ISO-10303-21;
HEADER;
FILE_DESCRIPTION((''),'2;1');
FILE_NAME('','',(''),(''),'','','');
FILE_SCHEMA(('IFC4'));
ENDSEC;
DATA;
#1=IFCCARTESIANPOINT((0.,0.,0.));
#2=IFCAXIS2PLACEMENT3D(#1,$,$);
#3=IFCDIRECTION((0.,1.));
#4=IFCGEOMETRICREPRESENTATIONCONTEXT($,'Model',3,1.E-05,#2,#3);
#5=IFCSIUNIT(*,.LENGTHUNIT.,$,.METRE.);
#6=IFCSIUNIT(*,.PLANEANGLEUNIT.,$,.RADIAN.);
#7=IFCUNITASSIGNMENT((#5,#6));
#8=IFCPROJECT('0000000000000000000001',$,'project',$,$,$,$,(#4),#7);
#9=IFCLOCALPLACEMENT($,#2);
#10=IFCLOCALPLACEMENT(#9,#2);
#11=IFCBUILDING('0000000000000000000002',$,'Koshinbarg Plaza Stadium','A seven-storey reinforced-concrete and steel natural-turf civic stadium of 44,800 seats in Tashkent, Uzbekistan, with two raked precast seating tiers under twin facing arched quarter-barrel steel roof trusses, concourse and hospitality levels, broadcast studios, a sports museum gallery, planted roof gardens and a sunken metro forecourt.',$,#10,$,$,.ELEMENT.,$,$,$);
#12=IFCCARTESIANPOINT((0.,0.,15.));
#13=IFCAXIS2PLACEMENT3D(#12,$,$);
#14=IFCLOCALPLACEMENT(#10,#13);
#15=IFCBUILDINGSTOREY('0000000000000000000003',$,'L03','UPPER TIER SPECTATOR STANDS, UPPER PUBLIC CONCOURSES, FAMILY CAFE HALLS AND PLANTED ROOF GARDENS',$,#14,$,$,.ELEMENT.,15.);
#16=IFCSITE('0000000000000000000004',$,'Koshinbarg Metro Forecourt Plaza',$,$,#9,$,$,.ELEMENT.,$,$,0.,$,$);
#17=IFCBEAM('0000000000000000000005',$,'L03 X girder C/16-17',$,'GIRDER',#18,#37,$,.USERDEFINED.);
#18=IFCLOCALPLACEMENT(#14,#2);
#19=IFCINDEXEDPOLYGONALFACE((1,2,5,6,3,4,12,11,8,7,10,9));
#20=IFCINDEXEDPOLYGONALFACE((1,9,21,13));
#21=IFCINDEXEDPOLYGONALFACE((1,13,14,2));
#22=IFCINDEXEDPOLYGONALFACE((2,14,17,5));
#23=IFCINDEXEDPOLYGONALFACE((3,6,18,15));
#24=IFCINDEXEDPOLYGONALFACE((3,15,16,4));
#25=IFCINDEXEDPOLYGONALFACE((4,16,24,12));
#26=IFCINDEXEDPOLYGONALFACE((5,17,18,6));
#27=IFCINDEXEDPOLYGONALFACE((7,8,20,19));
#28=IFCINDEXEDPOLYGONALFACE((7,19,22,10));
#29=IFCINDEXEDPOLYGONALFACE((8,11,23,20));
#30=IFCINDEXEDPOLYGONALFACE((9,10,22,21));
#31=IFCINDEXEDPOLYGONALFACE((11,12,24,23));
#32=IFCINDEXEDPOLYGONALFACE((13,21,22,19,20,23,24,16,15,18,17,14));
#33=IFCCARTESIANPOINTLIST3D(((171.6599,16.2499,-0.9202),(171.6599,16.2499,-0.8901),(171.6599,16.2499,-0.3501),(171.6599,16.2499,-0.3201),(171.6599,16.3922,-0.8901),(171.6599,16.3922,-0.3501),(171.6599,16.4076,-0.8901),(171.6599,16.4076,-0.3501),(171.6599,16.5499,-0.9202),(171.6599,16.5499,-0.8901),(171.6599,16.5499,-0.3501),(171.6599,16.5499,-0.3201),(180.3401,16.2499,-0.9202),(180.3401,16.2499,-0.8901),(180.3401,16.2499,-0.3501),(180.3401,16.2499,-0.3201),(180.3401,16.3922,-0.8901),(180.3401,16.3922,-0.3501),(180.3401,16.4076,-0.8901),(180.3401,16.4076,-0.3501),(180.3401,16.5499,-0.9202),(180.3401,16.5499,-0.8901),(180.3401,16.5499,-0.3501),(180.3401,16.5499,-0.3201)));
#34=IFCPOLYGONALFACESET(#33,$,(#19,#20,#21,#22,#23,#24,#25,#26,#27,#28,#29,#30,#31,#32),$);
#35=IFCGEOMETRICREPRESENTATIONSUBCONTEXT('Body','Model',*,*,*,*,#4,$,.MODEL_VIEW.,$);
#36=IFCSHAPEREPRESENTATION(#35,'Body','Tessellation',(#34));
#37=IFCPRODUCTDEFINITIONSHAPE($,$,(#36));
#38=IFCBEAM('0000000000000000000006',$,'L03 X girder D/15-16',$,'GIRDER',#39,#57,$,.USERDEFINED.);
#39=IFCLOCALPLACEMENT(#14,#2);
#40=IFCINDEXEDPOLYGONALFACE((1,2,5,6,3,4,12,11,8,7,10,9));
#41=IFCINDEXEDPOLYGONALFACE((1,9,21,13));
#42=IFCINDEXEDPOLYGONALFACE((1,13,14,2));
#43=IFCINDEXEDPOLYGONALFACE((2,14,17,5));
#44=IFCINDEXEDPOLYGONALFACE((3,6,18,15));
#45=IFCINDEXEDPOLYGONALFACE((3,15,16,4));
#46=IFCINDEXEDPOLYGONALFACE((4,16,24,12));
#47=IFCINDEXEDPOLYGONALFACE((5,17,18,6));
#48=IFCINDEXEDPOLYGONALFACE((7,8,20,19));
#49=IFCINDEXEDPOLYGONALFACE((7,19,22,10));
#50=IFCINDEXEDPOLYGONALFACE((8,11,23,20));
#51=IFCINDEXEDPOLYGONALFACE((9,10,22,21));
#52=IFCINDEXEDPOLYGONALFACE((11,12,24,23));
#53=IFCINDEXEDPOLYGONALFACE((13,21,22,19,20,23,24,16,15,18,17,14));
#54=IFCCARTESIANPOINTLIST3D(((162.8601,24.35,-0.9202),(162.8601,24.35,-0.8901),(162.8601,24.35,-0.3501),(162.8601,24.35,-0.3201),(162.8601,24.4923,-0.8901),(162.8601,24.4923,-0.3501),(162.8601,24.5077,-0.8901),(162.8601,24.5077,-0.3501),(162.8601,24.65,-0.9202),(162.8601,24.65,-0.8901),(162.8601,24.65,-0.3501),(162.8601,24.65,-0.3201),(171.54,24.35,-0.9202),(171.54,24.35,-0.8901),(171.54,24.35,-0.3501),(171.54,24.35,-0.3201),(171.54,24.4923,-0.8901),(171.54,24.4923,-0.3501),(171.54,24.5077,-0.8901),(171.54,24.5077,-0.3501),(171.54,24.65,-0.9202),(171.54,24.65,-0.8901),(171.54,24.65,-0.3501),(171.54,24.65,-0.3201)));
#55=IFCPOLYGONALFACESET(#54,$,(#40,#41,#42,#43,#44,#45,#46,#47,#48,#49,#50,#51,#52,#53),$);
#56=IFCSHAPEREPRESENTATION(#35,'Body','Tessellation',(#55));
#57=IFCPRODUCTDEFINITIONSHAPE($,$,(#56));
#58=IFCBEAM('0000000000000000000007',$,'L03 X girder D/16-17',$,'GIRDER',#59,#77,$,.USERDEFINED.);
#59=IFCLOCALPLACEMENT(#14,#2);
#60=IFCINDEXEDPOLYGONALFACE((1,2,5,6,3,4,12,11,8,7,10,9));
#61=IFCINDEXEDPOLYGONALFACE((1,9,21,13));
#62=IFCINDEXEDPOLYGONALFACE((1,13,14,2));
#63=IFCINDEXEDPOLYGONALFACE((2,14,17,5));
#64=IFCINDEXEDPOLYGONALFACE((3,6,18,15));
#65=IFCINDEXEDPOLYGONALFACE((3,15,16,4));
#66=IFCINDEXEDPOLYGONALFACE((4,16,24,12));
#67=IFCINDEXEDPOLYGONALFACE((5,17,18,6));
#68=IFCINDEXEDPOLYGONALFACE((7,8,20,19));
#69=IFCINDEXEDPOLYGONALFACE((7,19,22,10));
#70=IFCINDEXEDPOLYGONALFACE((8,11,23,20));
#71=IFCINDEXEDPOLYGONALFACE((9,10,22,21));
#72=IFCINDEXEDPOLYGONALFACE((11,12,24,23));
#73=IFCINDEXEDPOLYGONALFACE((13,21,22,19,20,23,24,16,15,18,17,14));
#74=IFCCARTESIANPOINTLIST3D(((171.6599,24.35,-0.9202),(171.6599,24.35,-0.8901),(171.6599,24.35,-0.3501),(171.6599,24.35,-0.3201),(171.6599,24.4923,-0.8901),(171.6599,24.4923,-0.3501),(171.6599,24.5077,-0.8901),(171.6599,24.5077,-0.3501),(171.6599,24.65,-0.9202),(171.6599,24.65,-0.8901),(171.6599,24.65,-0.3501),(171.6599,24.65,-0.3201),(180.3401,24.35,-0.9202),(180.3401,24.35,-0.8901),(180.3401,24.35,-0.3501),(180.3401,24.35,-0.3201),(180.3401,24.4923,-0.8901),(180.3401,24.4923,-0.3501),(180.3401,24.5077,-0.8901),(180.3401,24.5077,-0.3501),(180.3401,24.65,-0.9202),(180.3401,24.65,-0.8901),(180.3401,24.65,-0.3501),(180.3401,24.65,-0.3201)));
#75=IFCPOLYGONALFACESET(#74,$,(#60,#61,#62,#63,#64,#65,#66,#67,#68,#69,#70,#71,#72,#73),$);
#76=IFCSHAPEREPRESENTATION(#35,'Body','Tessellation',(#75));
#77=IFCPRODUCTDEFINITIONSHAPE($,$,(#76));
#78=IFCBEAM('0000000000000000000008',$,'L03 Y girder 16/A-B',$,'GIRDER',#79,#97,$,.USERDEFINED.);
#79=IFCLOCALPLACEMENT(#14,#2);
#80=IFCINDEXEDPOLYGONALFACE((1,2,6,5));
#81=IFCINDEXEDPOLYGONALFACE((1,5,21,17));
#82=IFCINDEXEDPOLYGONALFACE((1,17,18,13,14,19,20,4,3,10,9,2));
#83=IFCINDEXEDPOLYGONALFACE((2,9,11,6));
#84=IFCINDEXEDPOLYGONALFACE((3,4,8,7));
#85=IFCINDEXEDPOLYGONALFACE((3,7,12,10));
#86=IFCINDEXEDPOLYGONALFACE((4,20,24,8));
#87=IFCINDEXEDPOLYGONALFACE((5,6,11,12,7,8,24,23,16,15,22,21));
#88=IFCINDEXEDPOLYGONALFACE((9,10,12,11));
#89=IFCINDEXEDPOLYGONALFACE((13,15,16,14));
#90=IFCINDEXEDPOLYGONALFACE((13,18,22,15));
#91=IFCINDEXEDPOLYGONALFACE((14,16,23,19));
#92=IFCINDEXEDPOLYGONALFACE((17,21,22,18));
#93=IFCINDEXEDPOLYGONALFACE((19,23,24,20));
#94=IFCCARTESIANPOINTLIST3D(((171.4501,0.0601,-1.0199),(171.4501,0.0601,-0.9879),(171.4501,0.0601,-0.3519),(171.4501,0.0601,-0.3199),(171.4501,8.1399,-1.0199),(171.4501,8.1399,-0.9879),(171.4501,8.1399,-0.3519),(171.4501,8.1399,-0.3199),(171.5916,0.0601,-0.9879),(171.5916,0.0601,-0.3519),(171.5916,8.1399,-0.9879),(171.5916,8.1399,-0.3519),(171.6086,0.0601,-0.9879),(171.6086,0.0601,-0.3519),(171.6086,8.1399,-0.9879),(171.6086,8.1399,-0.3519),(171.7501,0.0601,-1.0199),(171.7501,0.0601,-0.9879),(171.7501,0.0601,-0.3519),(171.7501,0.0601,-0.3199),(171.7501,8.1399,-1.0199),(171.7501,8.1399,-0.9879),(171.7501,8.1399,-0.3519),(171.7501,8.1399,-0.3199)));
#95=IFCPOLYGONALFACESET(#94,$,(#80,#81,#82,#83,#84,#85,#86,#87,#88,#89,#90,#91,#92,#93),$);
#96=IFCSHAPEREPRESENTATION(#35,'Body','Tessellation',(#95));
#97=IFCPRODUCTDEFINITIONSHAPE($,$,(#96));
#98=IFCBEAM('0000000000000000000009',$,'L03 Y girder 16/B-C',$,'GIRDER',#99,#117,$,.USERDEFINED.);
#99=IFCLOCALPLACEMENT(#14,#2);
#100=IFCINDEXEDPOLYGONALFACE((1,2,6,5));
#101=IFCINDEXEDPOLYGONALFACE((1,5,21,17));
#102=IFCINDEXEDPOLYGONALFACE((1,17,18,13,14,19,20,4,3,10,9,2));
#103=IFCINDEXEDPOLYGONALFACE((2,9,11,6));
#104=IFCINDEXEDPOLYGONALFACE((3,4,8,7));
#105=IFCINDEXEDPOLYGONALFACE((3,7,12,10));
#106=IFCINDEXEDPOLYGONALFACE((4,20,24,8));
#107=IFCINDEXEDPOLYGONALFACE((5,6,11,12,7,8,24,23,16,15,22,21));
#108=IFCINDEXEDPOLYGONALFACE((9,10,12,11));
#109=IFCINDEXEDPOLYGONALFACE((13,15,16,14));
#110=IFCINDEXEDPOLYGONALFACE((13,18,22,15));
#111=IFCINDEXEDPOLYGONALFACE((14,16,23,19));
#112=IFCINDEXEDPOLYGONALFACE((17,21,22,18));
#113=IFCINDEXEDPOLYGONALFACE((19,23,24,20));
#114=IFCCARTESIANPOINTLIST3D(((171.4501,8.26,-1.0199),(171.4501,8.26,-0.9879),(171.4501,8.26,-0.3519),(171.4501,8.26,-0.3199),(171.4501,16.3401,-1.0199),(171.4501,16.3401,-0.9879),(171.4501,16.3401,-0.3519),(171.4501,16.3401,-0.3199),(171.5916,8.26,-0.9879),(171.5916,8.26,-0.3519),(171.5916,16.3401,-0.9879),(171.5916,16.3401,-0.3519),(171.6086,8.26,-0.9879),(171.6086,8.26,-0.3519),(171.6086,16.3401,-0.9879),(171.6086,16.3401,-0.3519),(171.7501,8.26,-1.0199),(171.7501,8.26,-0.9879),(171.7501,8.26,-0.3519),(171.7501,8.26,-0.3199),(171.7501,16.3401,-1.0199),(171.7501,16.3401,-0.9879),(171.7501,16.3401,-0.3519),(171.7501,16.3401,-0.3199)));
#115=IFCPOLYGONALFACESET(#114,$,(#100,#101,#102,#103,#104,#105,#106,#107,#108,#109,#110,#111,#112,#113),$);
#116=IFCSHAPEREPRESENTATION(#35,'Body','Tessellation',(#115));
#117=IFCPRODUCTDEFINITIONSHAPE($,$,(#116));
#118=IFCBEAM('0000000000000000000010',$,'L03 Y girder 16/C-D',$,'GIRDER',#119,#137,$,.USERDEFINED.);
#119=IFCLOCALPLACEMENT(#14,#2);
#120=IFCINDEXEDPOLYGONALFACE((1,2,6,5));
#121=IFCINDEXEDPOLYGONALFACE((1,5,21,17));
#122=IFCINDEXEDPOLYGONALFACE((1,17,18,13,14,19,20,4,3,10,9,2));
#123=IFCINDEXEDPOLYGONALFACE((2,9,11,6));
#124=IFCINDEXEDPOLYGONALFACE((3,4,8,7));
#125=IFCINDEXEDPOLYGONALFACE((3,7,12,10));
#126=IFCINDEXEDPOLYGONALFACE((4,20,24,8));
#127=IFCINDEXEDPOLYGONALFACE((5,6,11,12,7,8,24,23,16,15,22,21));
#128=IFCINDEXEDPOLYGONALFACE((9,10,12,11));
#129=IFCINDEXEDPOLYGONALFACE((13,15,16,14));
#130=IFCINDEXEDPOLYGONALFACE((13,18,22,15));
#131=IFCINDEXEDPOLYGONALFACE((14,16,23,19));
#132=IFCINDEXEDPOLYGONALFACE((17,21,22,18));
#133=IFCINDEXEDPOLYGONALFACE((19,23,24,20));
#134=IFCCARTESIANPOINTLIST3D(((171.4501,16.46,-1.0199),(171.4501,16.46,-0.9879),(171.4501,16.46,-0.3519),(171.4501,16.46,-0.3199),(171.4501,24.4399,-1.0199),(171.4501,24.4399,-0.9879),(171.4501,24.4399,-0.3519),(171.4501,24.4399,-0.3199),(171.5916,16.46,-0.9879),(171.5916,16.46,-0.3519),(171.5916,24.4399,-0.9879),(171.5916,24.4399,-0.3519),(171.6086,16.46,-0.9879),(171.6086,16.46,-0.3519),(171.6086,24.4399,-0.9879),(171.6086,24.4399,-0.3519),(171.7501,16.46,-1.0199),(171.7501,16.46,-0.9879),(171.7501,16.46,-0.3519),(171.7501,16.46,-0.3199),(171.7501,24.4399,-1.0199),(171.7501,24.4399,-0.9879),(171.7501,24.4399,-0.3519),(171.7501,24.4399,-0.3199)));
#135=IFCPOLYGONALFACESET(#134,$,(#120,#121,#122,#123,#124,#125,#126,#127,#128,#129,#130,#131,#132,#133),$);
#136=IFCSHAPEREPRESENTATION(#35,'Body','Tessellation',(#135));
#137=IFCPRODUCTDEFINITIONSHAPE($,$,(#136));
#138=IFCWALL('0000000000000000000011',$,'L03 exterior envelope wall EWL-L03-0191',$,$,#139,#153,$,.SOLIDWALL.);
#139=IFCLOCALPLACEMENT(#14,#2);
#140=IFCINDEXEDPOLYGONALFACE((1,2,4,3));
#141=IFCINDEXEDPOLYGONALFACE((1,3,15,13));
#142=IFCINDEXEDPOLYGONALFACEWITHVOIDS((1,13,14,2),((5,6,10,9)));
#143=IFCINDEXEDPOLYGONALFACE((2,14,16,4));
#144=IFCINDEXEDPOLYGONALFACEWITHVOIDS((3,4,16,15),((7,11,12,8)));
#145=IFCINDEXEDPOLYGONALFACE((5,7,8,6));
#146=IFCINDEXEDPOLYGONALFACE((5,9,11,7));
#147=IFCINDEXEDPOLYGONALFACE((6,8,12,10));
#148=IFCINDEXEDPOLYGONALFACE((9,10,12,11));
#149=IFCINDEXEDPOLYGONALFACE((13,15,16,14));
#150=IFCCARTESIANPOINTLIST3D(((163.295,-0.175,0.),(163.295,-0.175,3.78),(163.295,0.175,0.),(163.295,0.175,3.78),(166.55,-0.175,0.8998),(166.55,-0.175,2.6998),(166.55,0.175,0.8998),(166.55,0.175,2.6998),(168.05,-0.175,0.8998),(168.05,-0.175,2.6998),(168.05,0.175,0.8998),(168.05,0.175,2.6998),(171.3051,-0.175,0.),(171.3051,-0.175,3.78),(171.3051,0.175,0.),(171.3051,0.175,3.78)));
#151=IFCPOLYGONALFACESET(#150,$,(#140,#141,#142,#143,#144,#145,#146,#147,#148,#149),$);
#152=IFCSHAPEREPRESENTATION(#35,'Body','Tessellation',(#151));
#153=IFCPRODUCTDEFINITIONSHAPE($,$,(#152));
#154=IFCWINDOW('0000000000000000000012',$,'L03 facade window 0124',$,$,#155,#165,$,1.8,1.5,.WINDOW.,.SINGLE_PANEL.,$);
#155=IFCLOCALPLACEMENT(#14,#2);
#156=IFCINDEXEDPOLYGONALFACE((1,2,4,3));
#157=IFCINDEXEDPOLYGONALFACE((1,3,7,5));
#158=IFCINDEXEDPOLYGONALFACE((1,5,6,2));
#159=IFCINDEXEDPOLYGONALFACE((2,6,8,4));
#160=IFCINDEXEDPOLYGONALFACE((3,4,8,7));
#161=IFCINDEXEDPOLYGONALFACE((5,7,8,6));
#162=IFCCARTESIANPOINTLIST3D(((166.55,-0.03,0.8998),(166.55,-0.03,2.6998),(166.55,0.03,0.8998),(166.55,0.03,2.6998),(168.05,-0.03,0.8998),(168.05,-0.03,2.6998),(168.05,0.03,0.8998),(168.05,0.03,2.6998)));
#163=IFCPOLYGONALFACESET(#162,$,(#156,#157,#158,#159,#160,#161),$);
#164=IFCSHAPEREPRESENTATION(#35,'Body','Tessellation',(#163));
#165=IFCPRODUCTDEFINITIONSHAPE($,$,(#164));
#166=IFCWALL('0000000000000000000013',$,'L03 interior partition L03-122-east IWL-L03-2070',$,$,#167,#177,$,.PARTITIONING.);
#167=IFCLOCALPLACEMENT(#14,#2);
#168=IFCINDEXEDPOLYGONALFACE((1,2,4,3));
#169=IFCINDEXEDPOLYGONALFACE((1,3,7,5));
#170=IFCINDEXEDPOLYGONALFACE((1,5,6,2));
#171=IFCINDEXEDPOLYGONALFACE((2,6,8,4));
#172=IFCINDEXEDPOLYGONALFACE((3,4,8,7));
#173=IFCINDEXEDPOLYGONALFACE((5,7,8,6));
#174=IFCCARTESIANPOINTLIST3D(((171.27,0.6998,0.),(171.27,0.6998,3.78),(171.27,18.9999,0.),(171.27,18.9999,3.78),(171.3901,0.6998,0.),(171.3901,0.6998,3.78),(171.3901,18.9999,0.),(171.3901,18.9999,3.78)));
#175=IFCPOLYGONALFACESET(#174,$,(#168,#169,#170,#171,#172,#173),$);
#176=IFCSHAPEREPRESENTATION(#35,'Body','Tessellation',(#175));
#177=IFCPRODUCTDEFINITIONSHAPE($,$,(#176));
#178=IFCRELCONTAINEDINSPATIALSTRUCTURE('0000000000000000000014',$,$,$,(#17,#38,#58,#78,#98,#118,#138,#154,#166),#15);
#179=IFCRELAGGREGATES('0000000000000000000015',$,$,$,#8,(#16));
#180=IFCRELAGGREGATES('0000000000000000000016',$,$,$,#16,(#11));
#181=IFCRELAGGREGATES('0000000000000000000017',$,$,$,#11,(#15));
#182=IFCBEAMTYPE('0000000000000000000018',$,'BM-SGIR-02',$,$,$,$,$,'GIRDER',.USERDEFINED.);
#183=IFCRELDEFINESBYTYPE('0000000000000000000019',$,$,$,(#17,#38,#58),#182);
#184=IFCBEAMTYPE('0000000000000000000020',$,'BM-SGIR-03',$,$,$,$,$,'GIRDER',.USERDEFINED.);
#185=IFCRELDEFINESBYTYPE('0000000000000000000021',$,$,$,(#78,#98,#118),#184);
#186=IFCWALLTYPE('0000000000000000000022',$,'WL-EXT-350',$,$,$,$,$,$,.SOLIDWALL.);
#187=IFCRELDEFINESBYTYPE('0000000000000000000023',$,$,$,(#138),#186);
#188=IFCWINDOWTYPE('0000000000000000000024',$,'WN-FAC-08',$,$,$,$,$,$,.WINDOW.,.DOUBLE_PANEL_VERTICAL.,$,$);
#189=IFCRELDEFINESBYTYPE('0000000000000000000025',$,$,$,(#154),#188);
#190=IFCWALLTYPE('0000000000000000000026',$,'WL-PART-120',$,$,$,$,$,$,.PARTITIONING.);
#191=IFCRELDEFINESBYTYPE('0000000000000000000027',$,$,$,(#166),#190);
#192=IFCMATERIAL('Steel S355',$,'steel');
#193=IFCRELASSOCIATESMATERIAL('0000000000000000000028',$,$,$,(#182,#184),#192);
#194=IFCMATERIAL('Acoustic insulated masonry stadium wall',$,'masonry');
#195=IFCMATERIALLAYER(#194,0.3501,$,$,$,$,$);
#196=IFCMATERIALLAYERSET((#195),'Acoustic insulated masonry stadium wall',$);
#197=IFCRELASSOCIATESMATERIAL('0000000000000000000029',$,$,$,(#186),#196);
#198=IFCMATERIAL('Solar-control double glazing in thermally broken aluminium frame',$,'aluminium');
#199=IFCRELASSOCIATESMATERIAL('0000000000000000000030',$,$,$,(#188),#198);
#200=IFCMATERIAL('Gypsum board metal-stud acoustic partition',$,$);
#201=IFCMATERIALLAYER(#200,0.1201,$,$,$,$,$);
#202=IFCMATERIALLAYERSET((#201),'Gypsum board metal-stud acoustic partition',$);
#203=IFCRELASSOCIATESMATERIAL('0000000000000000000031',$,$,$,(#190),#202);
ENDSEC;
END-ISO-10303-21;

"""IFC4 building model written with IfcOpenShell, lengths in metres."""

from ifc_helpers import new_model, si_unit, direction, frame, frame_2d, origin, origin_2d, place, context, subcontext, project, spatial, rectangle, i_section, extrude, material, layer, layer_set, material_profile, profile_set, type_object, element, fill, save


model = new_model("IFC4")

# Units and contexts
model_context = context("Model", 3, precision=1e-05, world=origin(), true_north=direction((0.0, 1.0)))
body_context = subcontext(model_context, "Body", "Model", "MODEL_VIEW")
ifc_project = project(units=[si_unit("LENGTHUNIT", "METRE"), si_unit("PLANEANGLEUNIT", "RADIAN")], contexts=[model_context])

# Site, building, storey
site_placement = place(None, origin())
site = spatial("IfcSite", under=ifc_project, at=site_placement, Name="Koshinbarg Metro Forecourt Plaza", CompositionType="ELEMENT", RefElevation=0.0)
building_placement = place(site_placement, origin())
building = spatial("IfcBuilding", under=site, at=building_placement, Name="Koshinbarg Plaza Stadium", Description="A seven-storey reinforced-concrete and steel natural-turf civic stadium of 44,800 seats in Tashkent, Uzbekistan, with two raked precast seating tiers under twin facing arched quarter-barrel steel roof trusses, concourse and hospitality levels, broadcast studios, a sports museum gallery, planted roof gardens and a sunken metro forecourt.", CompositionType="ELEMENT")
storey_placement = place(building_placement, frame((0.0, 0.0, 15.0)))
storey = spatial("IfcBuildingStorey", under=building, at=storey_placement, Name="L03", Description="UPPER TIER SPECTATOR STANDS, UPPER PUBLIC CONCOURSES, FAMILY CAFE HALLS AND PLANTED ROOF GARDENS", CompositionType="ELEMENT", Elevation=15.0)

# Beams
ifc_material_1 = material(Name="Steel S355", Category="steel")
ifc_material_profile_1 = material_profile(ifc_material_1, i_section(OverallWidth=0.3, OverallDepth=0.6001, WebThickness=0.0154, FlangeThickness=0.03, at=origin_2d()), Name="HEB 600")
ifc_profile_set_1 = profile_set([ifc_material_profile_1], Name="Steel S355")
beam_type_1 = type_object("IfcBeamType", Name="BM-SGIR-02", ElementType="GIRDER", PredefinedType="USERDEFINED", material=ifc_profile_set_1)
beam_1_placement = place(storey_placement, frame((171.6599, 16.3999, -0.6201), z_axis=(1.0, 0.0, 0.0), x_axis=(0.0, 1.0, 0.0)))
element("IfcBeam", 1, at=beam_1_placement, inside=storey, type_object=beam_type_1, Name="L03 X girder C/16-17", ObjectType="GIRDER", PredefinedType="USERDEFINED", context=body_context, shape_type="SweptSolid", body=[
    extrude(i_section(OverallWidth=0.3, OverallDepth=0.6001, WebThickness=0.0154, FlangeThickness=0.03, at=origin_2d()), origin(), (0.0, 0.0, 1.0), 8.6802),
])
beam_2_placement = place(storey_placement, frame((162.8601, 24.5, -0.6201), z_axis=(1.0, 0.0, 0.0), x_axis=(0.0, 1.0, 0.0)))
element("IfcBeam", 2, at=beam_2_placement, inside=storey, type_object=beam_type_1, Name="L03 X girder D/15-16", ObjectType="GIRDER", PredefinedType="USERDEFINED", context=body_context, shape_type="SweptSolid", body=[
    extrude(i_section(OverallWidth=0.3, OverallDepth=0.6001, WebThickness=0.0154, FlangeThickness=0.03, at=origin_2d()), origin(), (0.0, 0.0, 1.0), 8.6799),
])
beam_3_placement = place(storey_placement, frame((171.6599, 24.5, -0.6201), z_axis=(1.0, 0.0, 0.0), x_axis=(0.0, 1.0, 0.0)))
element("IfcBeam", 3, at=beam_3_placement, inside=storey, type_object=beam_type_1, Name="L03 X girder D/16-17", ObjectType="GIRDER", PredefinedType="USERDEFINED", context=body_context, shape_type="SweptSolid", body=[
    extrude(i_section(OverallWidth=0.3, OverallDepth=0.6001, WebThickness=0.0154, FlangeThickness=0.03, at=origin_2d()), origin(), (0.0, 0.0, 1.0), 8.6802),
])
ifc_material_profile_2 = material_profile(ifc_material_1, i_section(OverallWidth=0.3, OverallDepth=0.7, WebThickness=0.0171, FlangeThickness=0.032, at=origin_2d()), Name="HEB 700")
ifc_profile_set_2 = profile_set([ifc_material_profile_2], Name="Steel S355")
beam_type_2 = type_object("IfcBeamType", Name="BM-SGIR-03", ElementType="GIRDER", PredefinedType="USERDEFINED", material=ifc_profile_set_2)
beam_4_placement = place(storey_placement, frame((171.6001, 0.0601, -0.6699), z_axis=(0.0, 1.0, 0.0), x_axis=(-1.0, 0.0, 0.0)))
element("IfcBeam", 4, at=beam_4_placement, inside=storey, type_object=beam_type_2, Name="L03 Y girder 16/A-B", ObjectType="GIRDER", PredefinedType="USERDEFINED", context=body_context, shape_type="SweptSolid", body=[
    extrude(i_section(OverallWidth=0.3, OverallDepth=0.7, WebThickness=0.0171, FlangeThickness=0.032, at=origin_2d()), origin(), (0.0, 0.0, 1.0), 8.0798),
])
beam_5_placement = place(storey_placement, frame((171.6001, 8.26, -0.6699), z_axis=(0.0, 1.0, 0.0), x_axis=(-1.0, 0.0, 0.0)))
element("IfcBeam", 5, at=beam_5_placement, inside=storey, type_object=beam_type_2, Name="L03 Y girder 16/B-C", ObjectType="GIRDER", PredefinedType="USERDEFINED", context=body_context, shape_type="SweptSolid", body=[
    extrude(i_section(OverallWidth=0.3, OverallDepth=0.7, WebThickness=0.0171, FlangeThickness=0.032, at=origin_2d()), origin(), (0.0, 0.0, 1.0), 8.0801),
])
beam_6_placement = place(storey_placement, frame((171.6001, 16.46, -0.6699), z_axis=(0.0, 1.0, 0.0), x_axis=(-1.0, 0.0, 0.0)))
element("IfcBeam", 6, at=beam_6_placement, inside=storey, type_object=beam_type_2, Name="L03 Y girder 16/C-D", ObjectType="GIRDER", PredefinedType="USERDEFINED", context=body_context, shape_type="SweptSolid", body=[
    extrude(i_section(OverallWidth=0.3, OverallDepth=0.7, WebThickness=0.0171, FlangeThickness=0.032, at=origin_2d()), origin(), (0.0, 0.0, 1.0), 7.98),
])

# Wall, opening, window
ifc_material_2 = material(Name="Acoustic insulated masonry stadium wall", Category="masonry")
ifc_layer_1 = layer(ifc_material_2, 0.3501)
ifc_layer_set_1 = layer_set([ifc_layer_1], Name="Acoustic insulated masonry stadium wall")
wall_type_1 = type_object("IfcWallType", Name="WL-EXT-350", PredefinedType="SOLIDWALL", material=ifc_layer_set_1)
wall_1_placement = place(storey_placement, frame((171.3049, 0.0, 0.0), z_axis=(0.0, 0.0, 1.0), x_axis=(-1.0, 0.0, 0.0)))
wall_1 = element("IfcWall", 7, at=wall_1_placement, inside=storey, type_object=wall_type_1, Name="L03 exterior envelope wall EWL-L03-0191", PredefinedType="SOLIDWALL", context=body_context, shape_type="SweptSolid", body=[
    extrude(rectangle(XDim=8.01, YDim=0.3501, at=frame_2d((4.0049, 0.0))), origin(), (0.0, 0.0, 1.0), 3.78),
])
opening_1_placement = place(wall_1_placement, frame((3.2549, 0.0, 0.8999)))
opening_1 = element("IfcOpeningElement", 8, at=opening_1_placement, cuts=wall_1, PredefinedType="OPENING", context=body_context, shape_type="SweptSolid", body=[
    extrude(rectangle(XDim=1.5, YDim=1.8, at=frame_2d((0.75, 0.8999))), frame((0.0, 0.1851, 0.0), z_axis=(0.0, -1.0, 0.0), x_axis=(1.0, 0.0, 0.0)), (0.0, 0.0, 1.0), 0.3701),
])
ifc_material_3 = material(Name="Solar-control double glazing in thermally broken aluminium frame", Category="aluminium")
window_type = type_object("IfcWindowType", Name="WN-FAC-08", PartitioningType="DOUBLE_PANEL_VERTICAL", PredefinedType="WINDOW", material=ifc_material_3)
window_placement = place(opening_1_placement, origin())
window = element("IfcWindow", 9, at=window_placement, inside=storey, type_object=window_type, Name="L03 facade window 0124", OverallHeight=1.8, OverallWidth=1.5, PartitioningType="SINGLE_PANEL", PredefinedType="WINDOW", context=body_context, shape_type="SweptSolid", body=[
    extrude(rectangle(XDim=1.5, YDim=1.8, at=frame_2d((0.75, 0.8999))), frame((0.0, 0.03, 0.0), z_axis=(0.0, -1.0, 0.0), x_axis=(1.0, 0.0, 0.0)), (0.0, 0.0, 1.0), 0.0601),
])
fill(opening_1, window)

# Wall
ifc_material_4 = material(Name="Gypsum board metal-stud acoustic partition")
ifc_layer_2 = layer(ifc_material_4, 0.1201)
ifc_layer_set_2 = layer_set([ifc_layer_2], Name="Gypsum board metal-stud acoustic partition")
wall_type_2 = type_object("IfcWallType", Name="WL-PART-120", PredefinedType="PARTITIONING", material=ifc_layer_set_2)
wall_2_placement = place(storey_placement, frame((171.3301, 0.7, 0.0), z_axis=(0.0, 0.0, 1.0), x_axis=(0.0, 1.0, 0.0)))
element("IfcWall", 10, at=wall_2_placement, inside=storey, type_object=wall_type_2, Name="L03 interior partition L03-122-east IWL-L03-2070", PredefinedType="PARTITIONING", context=body_context, shape_type="SweptSolid", body=[
    extrude(rectangle(XDim=18.3, YDim=0.1201, at=frame_2d((9.1499, 0.0))), origin(), (0.0, 0.0, 1.0), 3.78),
])

save(model, "model.ifc")
